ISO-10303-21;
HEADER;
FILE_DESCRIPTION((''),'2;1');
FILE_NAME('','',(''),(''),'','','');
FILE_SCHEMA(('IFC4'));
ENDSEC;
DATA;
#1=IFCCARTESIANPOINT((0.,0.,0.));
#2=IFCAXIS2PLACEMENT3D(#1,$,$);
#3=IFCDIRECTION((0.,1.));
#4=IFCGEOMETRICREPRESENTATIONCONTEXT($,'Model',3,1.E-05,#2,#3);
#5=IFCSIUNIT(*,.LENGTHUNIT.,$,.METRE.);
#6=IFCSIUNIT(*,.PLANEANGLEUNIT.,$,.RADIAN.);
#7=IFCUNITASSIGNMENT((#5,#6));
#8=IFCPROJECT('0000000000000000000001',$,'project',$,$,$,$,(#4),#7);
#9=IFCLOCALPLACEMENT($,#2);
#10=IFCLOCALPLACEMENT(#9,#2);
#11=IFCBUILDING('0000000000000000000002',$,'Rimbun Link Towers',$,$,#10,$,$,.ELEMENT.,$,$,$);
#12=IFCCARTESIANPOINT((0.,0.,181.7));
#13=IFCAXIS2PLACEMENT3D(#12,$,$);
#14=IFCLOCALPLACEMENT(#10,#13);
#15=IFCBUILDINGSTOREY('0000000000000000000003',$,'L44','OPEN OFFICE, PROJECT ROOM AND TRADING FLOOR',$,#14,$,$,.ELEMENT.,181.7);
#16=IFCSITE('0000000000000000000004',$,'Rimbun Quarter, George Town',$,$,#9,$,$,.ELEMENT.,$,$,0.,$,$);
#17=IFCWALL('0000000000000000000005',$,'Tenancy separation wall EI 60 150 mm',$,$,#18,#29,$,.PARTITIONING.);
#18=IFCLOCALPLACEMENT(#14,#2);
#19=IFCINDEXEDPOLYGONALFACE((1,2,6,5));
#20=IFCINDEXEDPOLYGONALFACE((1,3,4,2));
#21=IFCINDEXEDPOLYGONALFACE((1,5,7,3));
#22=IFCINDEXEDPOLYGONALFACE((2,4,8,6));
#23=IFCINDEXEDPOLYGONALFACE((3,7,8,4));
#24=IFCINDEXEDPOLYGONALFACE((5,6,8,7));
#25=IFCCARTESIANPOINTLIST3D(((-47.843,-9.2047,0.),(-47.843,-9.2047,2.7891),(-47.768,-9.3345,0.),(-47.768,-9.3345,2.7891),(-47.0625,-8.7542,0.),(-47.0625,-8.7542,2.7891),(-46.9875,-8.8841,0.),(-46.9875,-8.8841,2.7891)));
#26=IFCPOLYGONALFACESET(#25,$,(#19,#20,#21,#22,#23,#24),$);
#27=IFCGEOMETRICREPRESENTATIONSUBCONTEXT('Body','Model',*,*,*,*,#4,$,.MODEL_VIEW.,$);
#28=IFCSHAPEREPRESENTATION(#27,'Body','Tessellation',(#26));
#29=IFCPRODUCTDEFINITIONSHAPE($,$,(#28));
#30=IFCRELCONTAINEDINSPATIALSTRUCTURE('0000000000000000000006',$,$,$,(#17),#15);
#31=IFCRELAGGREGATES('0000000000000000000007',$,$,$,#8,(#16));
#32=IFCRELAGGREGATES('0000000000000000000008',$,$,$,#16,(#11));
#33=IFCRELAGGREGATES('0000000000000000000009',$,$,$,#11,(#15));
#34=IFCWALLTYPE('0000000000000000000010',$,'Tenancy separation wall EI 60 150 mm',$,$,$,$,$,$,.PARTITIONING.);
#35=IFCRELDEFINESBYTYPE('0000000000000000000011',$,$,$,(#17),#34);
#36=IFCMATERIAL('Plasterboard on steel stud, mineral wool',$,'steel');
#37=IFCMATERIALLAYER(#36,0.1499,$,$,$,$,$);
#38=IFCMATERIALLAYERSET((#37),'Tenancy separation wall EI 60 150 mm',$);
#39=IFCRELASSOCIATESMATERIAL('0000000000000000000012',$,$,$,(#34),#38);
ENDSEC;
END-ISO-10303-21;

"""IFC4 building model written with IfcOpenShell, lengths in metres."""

from ifc_helpers import new_model, si_unit, direction, frame, frame_2d, origin, place, context, subcontext, project, spatial, rectangle, extrude, material, layer, layer_set, type_object, element, save


model = new_model("IFC4")

# Units and contexts
model_context = context("Model", 3, precision=1e-05, world=origin(), true_north=direction((0.0, 1.0)))
body_context = subcontext(model_context, "Body", "Model", "MODEL_VIEW")
ifc_project = project(units=[si_unit("LENGTHUNIT", "METRE"), si_unit("PLANEANGLEUNIT", "RADIAN")], contexts=[model_context])

# Site, building, storey
site_placement = place(None, origin())
site = spatial("IfcSite", under=ifc_project, at=site_placement, Name="Rimbun Quarter, George Town", CompositionType="ELEMENT", RefElevation=0.0)
building_placement = place(site_placement, origin())
building = spatial("IfcBuilding", under=site, at=building_placement, Name="Rimbun Link Towers", CompositionType="ELEMENT")
storey_placement = place(building_placement, frame((0.0, 0.0, 181.7)))
storey = spatial("IfcBuildingStorey", under=building, at=storey_placement, Name="L44", Description="OPEN OFFICE, PROJECT ROOM AND TRADING FLOOR", CompositionType="ELEMENT", Elevation=181.7)

# Wall
ifc_material_1 = material(Name="Plasterboard on steel stud, mineral wool", Category="steel")
ifc_layer_1 = layer(ifc_material_1, 0.1499)
ifc_layer_set_1 = layer_set([ifc_layer_1], Name="Tenancy separation wall EI 60 150 mm")
wall_type_1 = type_object("IfcWallType", Name="Tenancy separation wall EI 60 150 mm", PredefinedType="PARTITIONING", material=ifc_layer_set_1)
wall_1_placement = place(storey_placement, frame((-47.0249, -8.8191, 0.0), z_axis=(0.0, 0.0, 1.0), x_axis=(-0.866118, -0.49984, 0.0)))
element("IfcWall", 1, at=wall_1_placement, inside=storey, type_object=wall_type_1, Name="Tenancy separation wall EI 60 150 mm", PredefinedType="PARTITIONING", context=body_context, shape_type="SweptSolid", body=[
    extrude(rectangle(XDim=0.9011, YDim=0.1499, at=frame_2d((0.4507, 0.0))), origin(), (0.0, 0.0, 1.0), 2.7891),
])

save(model, "model.ifc")
